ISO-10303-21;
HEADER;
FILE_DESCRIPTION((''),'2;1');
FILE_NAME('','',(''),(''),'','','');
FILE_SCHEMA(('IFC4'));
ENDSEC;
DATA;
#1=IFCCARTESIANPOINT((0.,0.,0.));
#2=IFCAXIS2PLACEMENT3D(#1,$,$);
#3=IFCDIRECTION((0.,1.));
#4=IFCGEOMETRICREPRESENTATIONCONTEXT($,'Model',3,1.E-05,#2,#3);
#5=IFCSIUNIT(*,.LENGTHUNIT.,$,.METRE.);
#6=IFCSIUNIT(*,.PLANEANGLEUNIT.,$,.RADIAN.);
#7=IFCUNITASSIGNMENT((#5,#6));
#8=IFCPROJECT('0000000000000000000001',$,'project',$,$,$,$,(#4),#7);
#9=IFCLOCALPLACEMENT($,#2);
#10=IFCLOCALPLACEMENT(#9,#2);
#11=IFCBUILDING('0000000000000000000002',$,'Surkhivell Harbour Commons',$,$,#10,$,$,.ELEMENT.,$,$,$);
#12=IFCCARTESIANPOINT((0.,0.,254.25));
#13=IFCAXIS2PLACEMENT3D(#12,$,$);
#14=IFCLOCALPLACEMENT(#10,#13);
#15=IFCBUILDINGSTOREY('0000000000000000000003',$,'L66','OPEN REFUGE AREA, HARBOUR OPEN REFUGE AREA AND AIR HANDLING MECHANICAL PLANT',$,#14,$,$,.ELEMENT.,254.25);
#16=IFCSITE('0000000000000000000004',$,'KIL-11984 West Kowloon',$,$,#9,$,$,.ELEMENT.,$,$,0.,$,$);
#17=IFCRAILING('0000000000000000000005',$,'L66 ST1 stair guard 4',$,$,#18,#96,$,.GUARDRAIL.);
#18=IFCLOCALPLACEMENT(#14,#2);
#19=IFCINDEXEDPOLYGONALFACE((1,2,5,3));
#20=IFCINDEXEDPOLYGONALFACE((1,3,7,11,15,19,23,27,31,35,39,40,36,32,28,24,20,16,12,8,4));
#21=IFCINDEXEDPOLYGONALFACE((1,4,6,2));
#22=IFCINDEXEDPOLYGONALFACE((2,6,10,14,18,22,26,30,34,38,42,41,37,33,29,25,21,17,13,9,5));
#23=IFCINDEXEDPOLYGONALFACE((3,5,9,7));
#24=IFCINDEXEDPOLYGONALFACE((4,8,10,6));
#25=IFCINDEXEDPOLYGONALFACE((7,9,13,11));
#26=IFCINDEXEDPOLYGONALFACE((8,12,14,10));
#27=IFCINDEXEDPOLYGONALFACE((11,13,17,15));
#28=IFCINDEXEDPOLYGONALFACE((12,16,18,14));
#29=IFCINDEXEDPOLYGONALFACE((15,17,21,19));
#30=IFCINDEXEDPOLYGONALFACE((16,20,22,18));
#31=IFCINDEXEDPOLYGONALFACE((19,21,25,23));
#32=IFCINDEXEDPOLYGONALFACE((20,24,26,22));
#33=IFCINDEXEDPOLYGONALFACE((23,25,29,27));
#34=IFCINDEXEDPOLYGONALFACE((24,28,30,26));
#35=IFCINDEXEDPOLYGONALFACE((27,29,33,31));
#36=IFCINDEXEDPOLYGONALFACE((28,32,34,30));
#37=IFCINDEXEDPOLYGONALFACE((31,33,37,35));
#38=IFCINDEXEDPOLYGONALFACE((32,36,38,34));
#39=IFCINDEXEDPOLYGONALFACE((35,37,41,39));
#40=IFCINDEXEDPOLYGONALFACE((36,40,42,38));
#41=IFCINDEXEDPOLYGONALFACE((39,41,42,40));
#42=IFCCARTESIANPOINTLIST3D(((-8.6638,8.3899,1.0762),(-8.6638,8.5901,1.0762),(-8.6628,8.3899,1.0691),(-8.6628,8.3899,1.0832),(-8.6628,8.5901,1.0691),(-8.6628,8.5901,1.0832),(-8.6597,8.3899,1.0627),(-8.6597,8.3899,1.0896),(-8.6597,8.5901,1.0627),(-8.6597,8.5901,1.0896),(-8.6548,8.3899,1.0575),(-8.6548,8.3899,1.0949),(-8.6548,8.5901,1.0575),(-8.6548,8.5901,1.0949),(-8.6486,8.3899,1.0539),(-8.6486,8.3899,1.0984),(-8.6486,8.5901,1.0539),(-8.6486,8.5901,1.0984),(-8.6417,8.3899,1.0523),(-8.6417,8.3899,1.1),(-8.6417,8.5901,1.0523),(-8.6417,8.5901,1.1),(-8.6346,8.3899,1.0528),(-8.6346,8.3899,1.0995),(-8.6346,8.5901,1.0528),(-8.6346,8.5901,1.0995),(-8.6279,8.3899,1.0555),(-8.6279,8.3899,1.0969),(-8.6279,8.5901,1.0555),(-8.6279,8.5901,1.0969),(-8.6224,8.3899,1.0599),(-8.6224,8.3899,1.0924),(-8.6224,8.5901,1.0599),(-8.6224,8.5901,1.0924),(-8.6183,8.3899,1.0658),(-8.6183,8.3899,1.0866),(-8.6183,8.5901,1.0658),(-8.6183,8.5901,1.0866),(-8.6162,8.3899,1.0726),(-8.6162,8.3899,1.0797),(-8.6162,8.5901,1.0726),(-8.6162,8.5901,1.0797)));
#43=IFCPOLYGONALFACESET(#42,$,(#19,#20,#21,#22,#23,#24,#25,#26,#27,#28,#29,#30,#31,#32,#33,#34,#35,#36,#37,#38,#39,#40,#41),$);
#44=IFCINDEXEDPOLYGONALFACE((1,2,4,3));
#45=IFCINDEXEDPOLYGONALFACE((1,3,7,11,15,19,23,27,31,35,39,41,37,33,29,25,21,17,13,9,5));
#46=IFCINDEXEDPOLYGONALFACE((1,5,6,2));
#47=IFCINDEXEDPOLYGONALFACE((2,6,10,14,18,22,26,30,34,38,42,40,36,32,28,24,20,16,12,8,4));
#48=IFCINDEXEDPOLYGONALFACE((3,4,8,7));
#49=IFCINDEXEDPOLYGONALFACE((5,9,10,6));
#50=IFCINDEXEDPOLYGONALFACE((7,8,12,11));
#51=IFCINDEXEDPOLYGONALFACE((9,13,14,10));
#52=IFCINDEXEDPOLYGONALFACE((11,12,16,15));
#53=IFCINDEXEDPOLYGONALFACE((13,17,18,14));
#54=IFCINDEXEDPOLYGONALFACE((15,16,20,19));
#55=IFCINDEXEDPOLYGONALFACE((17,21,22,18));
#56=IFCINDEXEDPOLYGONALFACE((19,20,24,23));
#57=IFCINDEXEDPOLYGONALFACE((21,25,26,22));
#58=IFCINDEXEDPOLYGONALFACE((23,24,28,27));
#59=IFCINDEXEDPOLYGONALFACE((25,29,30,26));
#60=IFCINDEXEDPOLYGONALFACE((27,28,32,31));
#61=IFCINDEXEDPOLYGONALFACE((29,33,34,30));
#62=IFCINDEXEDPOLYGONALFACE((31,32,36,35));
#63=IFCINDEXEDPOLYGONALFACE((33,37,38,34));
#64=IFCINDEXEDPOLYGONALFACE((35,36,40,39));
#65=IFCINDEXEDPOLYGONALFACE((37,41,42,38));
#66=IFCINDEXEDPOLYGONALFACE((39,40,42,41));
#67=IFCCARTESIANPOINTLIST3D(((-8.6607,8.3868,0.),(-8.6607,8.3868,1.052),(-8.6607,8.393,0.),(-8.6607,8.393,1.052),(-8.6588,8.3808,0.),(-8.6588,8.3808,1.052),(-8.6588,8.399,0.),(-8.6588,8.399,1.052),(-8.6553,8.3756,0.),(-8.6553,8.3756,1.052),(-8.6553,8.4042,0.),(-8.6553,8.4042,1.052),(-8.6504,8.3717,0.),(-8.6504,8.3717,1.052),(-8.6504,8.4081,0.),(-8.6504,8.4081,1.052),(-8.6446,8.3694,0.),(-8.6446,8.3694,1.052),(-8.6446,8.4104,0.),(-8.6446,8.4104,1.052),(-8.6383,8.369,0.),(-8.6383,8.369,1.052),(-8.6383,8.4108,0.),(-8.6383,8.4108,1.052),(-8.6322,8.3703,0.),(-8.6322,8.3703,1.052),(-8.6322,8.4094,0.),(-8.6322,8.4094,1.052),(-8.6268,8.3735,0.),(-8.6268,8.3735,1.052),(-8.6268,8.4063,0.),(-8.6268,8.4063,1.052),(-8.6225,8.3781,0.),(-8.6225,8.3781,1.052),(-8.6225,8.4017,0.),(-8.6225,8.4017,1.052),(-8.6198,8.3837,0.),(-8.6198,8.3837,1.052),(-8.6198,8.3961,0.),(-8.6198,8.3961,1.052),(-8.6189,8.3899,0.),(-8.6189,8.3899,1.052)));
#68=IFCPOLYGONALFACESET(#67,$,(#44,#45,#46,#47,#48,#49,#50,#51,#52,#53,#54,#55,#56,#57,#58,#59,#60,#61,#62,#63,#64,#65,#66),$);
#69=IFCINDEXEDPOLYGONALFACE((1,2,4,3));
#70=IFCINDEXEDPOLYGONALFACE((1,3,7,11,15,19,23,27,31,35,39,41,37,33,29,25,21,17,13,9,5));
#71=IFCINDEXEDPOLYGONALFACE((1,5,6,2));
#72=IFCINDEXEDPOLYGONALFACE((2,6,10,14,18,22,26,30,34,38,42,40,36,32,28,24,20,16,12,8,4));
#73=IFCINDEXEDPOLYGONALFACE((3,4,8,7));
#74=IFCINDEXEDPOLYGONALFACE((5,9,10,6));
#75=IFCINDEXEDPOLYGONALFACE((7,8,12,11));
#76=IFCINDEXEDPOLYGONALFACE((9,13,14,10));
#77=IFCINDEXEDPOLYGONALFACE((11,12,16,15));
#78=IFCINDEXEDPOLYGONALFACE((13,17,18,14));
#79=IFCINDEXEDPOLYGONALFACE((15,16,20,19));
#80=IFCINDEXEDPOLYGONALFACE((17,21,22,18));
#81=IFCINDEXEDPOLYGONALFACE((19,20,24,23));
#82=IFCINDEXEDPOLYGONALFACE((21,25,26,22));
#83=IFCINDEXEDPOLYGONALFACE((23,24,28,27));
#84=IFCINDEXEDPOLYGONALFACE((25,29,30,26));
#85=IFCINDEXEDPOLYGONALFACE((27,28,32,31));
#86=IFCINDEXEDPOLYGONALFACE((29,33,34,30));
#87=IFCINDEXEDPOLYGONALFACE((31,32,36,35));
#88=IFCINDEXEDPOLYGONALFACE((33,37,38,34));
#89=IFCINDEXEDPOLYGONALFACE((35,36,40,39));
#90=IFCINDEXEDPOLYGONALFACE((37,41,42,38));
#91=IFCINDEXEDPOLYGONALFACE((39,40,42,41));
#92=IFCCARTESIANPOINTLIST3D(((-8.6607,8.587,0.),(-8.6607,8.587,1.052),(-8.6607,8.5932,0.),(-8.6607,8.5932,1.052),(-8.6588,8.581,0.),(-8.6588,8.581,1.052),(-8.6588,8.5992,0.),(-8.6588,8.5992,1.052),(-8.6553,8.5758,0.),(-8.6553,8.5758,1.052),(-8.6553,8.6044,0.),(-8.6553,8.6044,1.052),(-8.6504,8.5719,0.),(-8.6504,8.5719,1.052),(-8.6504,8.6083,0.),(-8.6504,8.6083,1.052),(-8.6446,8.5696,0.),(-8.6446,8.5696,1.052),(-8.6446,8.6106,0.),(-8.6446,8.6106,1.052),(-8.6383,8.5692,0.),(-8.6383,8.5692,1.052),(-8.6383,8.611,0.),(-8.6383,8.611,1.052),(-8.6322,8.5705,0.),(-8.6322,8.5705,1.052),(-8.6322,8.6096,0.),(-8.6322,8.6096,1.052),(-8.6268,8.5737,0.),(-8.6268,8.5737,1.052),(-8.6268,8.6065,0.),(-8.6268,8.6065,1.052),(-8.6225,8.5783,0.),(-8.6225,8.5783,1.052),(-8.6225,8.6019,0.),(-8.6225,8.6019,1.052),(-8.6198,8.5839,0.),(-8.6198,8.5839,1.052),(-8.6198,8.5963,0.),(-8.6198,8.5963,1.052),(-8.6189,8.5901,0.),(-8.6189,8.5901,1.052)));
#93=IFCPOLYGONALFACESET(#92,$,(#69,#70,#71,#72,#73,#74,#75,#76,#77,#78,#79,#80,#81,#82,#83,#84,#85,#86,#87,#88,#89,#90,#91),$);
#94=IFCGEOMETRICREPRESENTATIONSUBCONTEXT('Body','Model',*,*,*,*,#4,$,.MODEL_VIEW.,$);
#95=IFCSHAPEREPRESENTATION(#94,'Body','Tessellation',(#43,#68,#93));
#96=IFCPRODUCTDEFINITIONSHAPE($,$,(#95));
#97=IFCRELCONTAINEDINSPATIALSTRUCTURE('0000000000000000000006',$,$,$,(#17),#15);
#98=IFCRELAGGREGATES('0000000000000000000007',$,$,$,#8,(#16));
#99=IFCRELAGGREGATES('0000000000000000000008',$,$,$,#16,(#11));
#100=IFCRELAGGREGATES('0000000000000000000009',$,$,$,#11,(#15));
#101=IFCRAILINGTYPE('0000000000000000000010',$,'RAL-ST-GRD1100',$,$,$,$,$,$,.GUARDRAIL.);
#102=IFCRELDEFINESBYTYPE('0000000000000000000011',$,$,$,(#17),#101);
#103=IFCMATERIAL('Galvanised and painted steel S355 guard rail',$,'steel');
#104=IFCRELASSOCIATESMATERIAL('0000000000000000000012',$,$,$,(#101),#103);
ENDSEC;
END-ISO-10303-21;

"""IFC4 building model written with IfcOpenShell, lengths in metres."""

from ifc_helpers import new_model, si_unit, direction, frame, origin, origin_2d, place, context, subcontext, project, spatial, circle, extrude, material, type_object, element, save


model = new_model("IFC4")

# Units and contexts
model_context = context("Model", 3, precision=1e-05, world=origin(), true_north=direction((0.0, 1.0)))
body_context = subcontext(model_context, "Body", "Model", "MODEL_VIEW")
ifc_project = project(units=[si_unit("LENGTHUNIT", "METRE"), si_unit("PLANEANGLEUNIT", "RADIAN")], contexts=[model_context])

# Site, building, storey
site_placement = place(None, origin())
site = spatial("IfcSite", under=ifc_project, at=site_placement, Name="KIL-11984 West Kowloon", CompositionType="ELEMENT", RefElevation=0.0)
building_placement = place(site_placement, origin())
building = spatial("IfcBuilding", under=site, at=building_placement, Name="Surkhivell Harbour Commons", CompositionType="ELEMENT")
storey_placement = place(building_placement, frame((0.0, 0.0, 254.25)))
storey = spatial("IfcBuildingStorey", under=building, at=storey_placement, Name="L66", Description="OPEN REFUGE AREA, HARBOUR OPEN REFUGE AREA AND AIR HANDLING MECHANICAL PLANT", CompositionType="ELEMENT", Elevation=254.25)

# Railing
ifc_material_1 = material(Name="Galvanised and painted steel S355 guard rail", Category="steel")
railing_type_1 = type_object("IfcRailingType", Name="RAL-ST-GRD1100", PredefinedType="GUARDRAIL", material=ifc_material_1)
railing_1_placement = place(storey_placement, frame((-8.6399, 8.3899, 0.0)))
element("IfcRailing", 1, at=railing_1_placement, inside=storey, type_object=railing_type_1, Name="L66 ST1 stair guard 4", PredefinedType="GUARDRAIL", context=body_context, shape_type="SweptSolid", body=[
    extrude(circle(Radius=0.0239, at=origin_2d()), frame((0.0, 0.0, 1.0762), z_axis=(0.0, 1.0, 0.0), x_axis=(-1.0, 0.0, 0.0)), (0.0, 0.0, 1.0), 0.2002),
    extrude(circle(Radius=0.021, at=origin_2d()), origin(), (0.0, 0.0, 1.0), 1.052),
    extrude(circle(Radius=0.021, at=origin_2d()), frame((0.0, 0.2002, 0.0)), (0.0, 0.0, 1.0), 1.052),
])

save(model, "model.ifc")
